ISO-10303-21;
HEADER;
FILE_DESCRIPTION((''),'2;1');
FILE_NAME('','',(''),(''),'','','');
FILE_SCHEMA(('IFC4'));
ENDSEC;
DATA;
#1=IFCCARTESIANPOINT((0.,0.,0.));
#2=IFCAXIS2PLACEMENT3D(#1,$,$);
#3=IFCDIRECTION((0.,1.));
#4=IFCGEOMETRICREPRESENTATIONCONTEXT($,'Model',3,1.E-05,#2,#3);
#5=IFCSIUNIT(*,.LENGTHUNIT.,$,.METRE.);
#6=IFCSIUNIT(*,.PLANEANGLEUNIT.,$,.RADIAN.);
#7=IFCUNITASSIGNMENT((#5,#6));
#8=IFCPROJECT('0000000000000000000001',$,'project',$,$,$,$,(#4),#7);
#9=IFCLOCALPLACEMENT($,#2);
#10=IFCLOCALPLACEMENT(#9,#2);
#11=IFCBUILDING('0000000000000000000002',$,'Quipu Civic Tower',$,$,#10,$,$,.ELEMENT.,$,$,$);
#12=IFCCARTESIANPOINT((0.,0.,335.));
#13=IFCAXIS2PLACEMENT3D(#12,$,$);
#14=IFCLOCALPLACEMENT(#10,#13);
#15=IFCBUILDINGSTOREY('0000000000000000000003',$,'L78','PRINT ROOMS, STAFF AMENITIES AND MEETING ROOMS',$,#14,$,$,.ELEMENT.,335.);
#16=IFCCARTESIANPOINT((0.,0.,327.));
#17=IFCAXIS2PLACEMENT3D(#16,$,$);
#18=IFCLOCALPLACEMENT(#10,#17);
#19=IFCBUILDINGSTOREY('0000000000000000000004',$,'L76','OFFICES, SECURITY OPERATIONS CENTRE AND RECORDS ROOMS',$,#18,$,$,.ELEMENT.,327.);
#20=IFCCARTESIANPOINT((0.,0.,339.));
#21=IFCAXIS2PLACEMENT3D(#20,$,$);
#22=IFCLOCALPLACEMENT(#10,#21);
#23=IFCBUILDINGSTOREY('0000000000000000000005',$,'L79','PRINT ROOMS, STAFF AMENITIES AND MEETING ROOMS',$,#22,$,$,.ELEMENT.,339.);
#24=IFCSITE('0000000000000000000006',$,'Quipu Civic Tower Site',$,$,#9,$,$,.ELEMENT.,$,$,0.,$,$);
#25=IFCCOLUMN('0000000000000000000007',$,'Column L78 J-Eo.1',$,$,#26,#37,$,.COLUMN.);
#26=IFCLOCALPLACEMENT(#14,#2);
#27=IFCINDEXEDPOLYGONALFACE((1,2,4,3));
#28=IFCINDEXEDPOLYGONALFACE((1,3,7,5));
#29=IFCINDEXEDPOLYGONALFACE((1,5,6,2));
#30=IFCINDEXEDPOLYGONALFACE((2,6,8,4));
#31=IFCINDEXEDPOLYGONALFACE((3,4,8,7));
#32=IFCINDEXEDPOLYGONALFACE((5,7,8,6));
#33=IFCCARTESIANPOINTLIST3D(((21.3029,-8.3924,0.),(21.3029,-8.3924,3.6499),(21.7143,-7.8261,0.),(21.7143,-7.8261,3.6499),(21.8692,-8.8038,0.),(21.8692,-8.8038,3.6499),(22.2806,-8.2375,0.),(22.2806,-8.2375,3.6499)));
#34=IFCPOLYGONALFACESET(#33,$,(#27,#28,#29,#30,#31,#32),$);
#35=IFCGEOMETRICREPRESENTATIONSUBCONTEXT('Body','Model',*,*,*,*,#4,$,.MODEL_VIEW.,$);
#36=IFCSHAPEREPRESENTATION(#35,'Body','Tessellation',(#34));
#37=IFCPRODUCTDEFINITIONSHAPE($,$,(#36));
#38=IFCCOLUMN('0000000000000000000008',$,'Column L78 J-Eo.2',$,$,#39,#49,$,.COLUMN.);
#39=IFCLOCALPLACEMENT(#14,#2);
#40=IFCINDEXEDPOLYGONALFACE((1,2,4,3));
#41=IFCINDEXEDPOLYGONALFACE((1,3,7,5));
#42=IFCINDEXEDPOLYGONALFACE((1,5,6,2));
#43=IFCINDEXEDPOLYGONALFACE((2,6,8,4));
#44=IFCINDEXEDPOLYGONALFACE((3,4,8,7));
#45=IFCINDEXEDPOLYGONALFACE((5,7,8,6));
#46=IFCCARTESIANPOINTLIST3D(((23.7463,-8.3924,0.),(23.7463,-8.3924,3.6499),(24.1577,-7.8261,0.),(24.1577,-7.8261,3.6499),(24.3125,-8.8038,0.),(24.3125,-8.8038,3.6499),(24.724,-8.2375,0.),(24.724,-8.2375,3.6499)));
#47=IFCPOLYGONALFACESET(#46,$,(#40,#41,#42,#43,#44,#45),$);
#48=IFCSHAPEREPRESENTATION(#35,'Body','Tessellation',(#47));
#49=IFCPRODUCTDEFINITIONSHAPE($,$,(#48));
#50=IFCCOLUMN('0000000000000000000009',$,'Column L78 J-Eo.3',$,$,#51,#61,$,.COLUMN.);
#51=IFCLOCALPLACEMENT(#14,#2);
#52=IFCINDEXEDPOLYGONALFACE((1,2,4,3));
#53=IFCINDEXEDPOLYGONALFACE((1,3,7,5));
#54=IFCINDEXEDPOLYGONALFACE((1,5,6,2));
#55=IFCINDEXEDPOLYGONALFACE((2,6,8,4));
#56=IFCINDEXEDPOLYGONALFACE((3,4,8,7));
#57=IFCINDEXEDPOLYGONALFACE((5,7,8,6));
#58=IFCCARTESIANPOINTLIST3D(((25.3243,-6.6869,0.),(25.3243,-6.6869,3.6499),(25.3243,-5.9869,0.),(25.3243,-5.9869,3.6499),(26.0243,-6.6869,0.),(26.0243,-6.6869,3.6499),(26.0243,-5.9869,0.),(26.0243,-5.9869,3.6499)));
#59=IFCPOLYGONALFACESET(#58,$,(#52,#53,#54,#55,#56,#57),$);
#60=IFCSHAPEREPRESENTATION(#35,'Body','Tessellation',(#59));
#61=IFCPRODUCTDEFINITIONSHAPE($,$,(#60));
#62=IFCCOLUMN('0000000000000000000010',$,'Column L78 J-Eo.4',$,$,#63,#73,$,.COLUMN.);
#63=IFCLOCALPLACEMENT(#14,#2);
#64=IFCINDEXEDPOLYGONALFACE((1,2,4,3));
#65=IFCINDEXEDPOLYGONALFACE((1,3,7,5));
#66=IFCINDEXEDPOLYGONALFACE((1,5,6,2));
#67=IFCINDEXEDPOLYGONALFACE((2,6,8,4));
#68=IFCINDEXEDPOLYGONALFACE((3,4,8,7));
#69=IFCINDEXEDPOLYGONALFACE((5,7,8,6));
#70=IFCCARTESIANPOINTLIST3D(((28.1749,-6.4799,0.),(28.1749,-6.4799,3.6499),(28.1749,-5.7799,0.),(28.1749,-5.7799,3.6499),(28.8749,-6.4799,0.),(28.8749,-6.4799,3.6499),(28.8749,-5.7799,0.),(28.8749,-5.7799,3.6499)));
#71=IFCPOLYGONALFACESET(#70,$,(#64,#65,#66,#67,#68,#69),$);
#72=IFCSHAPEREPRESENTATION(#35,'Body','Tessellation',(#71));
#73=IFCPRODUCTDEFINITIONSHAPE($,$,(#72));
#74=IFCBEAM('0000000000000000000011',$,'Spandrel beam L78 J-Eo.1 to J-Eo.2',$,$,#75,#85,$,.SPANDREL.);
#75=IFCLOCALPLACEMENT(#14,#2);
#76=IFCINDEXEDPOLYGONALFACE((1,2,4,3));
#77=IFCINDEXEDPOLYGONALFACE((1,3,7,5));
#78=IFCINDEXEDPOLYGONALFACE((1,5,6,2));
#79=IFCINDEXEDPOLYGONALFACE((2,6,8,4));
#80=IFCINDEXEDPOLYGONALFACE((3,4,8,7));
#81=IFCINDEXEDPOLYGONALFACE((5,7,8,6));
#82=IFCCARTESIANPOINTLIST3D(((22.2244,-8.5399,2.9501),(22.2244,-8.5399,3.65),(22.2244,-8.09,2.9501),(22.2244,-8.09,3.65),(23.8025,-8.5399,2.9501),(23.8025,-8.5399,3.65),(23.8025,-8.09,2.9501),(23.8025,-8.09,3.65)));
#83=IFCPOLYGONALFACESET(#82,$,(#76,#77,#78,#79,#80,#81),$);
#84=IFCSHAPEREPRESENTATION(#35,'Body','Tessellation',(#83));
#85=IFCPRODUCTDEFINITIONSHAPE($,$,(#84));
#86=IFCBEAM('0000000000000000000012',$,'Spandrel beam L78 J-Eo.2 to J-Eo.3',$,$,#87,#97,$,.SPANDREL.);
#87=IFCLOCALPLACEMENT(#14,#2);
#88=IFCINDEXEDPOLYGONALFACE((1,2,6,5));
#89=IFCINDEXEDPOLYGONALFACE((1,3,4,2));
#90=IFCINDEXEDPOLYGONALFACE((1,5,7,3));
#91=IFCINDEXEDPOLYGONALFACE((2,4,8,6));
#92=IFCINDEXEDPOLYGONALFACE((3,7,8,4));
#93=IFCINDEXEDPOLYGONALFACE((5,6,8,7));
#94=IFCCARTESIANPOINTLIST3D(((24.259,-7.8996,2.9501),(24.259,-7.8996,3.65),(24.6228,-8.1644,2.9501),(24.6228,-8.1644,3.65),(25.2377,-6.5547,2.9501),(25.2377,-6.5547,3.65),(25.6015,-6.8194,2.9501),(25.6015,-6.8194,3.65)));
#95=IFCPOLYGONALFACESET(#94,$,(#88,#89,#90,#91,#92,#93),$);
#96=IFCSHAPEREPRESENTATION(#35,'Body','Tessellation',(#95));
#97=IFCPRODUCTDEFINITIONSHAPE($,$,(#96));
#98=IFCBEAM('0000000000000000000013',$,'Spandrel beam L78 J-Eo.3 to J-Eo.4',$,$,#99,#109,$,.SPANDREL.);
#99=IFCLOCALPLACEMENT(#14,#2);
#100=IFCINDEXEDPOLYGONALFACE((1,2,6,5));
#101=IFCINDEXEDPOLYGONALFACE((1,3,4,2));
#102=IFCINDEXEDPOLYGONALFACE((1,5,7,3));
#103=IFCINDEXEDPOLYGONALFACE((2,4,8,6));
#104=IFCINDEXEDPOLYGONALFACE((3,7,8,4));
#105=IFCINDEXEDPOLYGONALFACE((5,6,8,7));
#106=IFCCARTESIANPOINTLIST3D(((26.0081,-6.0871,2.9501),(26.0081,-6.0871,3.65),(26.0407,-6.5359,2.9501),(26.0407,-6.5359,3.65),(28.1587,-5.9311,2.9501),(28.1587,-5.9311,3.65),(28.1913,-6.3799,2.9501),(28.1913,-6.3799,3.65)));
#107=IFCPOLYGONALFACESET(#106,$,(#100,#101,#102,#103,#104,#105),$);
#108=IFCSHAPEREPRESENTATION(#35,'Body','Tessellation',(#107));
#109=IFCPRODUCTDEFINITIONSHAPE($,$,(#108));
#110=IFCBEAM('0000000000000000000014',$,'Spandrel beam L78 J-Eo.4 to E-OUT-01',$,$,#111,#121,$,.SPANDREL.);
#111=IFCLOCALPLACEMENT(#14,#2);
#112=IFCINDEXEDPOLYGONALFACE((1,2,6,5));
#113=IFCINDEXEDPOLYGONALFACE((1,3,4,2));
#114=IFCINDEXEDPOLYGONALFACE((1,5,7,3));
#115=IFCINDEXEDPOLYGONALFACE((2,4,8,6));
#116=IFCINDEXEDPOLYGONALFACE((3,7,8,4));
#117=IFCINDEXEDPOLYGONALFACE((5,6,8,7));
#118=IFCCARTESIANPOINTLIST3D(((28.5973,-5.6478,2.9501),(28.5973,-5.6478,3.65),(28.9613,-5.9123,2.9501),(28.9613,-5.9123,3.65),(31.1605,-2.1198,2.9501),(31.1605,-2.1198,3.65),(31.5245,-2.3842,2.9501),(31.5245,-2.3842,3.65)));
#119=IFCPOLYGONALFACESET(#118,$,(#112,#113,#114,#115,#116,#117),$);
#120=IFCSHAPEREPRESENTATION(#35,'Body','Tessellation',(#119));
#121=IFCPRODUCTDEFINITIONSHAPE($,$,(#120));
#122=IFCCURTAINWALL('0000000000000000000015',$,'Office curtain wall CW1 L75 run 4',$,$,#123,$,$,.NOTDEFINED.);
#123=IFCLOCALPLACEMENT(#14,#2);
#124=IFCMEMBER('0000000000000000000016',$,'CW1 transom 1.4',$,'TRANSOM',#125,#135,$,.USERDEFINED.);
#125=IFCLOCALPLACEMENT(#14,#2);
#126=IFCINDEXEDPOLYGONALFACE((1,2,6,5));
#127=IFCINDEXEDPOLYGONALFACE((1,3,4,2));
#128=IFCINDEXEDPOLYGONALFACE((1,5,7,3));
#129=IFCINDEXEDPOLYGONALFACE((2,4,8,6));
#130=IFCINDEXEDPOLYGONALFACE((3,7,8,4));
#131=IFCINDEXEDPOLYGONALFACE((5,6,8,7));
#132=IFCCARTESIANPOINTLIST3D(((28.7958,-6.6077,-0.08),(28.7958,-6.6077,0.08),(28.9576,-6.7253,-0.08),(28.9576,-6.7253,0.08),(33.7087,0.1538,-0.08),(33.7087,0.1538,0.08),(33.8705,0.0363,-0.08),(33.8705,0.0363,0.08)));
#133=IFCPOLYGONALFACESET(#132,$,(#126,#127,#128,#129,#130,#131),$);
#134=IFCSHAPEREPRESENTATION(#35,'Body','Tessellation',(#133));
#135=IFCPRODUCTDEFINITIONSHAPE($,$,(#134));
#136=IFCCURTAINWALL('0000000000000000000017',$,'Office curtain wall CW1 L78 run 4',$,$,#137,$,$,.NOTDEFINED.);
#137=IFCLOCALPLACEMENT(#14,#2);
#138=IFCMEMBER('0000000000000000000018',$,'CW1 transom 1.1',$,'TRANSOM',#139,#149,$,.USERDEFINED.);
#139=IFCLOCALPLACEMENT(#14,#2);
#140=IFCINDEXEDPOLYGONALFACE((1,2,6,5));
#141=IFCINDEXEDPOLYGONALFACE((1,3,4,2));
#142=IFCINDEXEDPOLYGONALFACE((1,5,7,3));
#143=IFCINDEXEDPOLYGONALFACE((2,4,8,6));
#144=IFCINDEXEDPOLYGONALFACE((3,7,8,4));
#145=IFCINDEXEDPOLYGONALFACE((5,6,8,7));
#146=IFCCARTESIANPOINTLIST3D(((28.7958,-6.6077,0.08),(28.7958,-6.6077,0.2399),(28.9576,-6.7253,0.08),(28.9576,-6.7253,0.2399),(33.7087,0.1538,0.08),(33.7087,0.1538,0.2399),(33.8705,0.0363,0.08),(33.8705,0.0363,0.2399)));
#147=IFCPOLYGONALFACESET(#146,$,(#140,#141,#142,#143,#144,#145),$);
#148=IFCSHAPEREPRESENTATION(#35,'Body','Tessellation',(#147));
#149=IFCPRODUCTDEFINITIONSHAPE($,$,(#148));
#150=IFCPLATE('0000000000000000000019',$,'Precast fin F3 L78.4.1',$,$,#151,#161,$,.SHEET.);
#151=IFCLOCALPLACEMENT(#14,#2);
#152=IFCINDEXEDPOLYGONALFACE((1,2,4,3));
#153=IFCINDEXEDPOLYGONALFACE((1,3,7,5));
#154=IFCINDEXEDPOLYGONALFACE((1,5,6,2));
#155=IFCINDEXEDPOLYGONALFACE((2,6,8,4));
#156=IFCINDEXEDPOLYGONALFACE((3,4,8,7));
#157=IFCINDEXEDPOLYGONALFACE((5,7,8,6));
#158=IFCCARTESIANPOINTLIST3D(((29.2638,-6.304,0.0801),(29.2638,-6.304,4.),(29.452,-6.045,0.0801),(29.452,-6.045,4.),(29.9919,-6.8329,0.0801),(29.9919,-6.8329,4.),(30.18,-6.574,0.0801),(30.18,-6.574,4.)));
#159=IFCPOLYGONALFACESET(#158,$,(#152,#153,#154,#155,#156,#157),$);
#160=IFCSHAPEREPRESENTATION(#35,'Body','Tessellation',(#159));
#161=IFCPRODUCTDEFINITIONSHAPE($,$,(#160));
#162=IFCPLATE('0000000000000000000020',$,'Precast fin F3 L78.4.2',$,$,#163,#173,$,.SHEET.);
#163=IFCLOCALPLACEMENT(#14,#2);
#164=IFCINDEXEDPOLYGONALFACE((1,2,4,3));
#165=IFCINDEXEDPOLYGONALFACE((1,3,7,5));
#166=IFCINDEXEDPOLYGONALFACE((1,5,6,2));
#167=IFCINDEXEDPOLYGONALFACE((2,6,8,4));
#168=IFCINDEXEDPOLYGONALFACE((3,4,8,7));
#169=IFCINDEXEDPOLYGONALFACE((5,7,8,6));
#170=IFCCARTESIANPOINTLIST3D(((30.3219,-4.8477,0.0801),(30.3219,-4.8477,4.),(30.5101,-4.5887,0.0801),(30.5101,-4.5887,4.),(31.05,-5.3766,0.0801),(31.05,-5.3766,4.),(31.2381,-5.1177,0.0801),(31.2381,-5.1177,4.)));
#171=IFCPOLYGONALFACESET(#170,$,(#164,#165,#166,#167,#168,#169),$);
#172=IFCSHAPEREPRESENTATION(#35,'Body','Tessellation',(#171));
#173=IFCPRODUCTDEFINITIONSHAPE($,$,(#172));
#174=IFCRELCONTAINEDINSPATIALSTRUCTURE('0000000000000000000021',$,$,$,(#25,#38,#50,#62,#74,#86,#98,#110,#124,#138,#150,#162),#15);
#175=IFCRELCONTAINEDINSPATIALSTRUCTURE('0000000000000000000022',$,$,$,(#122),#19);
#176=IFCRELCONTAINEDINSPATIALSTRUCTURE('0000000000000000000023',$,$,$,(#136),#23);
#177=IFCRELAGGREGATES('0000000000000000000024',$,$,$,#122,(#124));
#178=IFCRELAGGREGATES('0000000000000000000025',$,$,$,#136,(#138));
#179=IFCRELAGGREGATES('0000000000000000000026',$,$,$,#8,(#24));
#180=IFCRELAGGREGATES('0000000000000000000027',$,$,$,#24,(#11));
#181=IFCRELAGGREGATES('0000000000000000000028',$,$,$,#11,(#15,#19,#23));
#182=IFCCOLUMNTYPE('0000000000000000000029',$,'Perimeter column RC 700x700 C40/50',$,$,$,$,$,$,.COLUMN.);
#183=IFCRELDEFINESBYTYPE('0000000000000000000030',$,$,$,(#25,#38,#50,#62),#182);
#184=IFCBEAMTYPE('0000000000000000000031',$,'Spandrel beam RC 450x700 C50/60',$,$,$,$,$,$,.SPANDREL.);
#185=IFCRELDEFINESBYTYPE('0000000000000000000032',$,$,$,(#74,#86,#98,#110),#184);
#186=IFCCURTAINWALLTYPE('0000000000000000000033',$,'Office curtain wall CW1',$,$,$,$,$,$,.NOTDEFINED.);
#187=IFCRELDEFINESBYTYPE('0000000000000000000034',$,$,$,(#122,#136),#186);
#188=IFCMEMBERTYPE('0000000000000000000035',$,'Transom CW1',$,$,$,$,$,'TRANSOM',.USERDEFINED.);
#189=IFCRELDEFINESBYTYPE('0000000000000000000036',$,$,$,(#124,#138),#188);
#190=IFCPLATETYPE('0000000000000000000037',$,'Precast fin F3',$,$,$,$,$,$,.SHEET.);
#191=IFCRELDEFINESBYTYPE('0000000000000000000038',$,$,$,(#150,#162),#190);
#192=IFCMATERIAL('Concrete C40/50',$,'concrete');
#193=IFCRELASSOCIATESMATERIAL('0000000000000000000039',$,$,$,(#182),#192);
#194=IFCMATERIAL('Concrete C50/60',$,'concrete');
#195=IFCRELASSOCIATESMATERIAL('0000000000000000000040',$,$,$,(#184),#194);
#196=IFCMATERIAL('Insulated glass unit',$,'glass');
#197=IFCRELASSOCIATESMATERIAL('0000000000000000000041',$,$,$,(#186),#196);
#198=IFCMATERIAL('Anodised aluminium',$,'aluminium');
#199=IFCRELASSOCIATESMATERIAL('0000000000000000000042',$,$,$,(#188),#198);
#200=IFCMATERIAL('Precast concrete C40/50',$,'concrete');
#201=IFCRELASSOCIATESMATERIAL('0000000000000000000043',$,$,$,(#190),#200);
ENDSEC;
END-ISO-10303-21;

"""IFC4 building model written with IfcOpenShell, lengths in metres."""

from ifc_helpers import new_model, si_unit, direction, frame, origin, origin_2d, place, context, subcontext, project, spatial, rectangle, extrude, material, material_profile, profile_set, type_object, element, aggregate, save


model = new_model("IFC4")

# Units and contexts
model_context = context("Model", 3, precision=1e-05, world=origin(), true_north=direction((0.0, 1.0)))
body_context = subcontext(model_context, "Body", "Model", "MODEL_VIEW")
ifc_project = project(units=[si_unit("LENGTHUNIT", "METRE"), si_unit("PLANEANGLEUNIT", "RADIAN")], contexts=[model_context])

# Site, building, storey
site_placement = place(None, origin())
site = spatial("IfcSite", under=ifc_project, at=site_placement, Name="Quipu Civic Tower Site", CompositionType="ELEMENT", RefElevation=0.0)
building_placement = place(site_placement, origin())
building = spatial("IfcBuilding", under=site, at=building_placement, Name="Quipu Civic Tower", CompositionType="ELEMENT")
storey_1_placement = place(building_placement, frame((0.0, 0.0, 335.0)))
storey_1 = spatial("IfcBuildingStorey", under=building, at=storey_1_placement, Name="L78", Description="PRINT ROOMS, STAFF AMENITIES AND MEETING ROOMS", CompositionType="ELEMENT", Elevation=335.0)

# Columns
ifc_material_1 = material(Name="Concrete C40/50", Category="concrete")
ifc_material_profile_1 = material_profile(ifc_material_1, rectangle(XDim=0.7, YDim=0.7, at=origin_2d()), Name="RC700x700")
ifc_profile_set_1 = profile_set([ifc_material_profile_1], Name="Concrete C40/50")
column_type = type_object("IfcColumnType", Name="Perimeter column RC 700x700 C40/50", PredefinedType="COLUMN", material=ifc_profile_set_1)
for number, where, z_axis, x_axis, name in (
    (1, (21.7917, -8.3149, 0.0), (0.0, 0.0, 1.0), (0.587785, 0.809017, 0.0), "Column L78 J-Eo.1"),
    (2, (24.2351, -8.3149, 0.0), (0.0, 0.0, 1.0), (0.587785, 0.809017, 0.0), "Column L78 J-Eo.2"),
    (3, (25.6743, -6.3369, 0.0), (0.0, 0.0, 1.0), (1.0, 0.0, 0.0), "Column L78 J-Eo.3"),
    (4, (28.5249, -6.1299, 0.0), (0.0, 0.0, 1.0), (1.0, 0.0, 0.0), "Column L78 J-Eo.4"),
):
    element("IfcColumn", number, at=place(storey_1_placement, frame(where, z_axis=z_axis, x_axis=x_axis)), inside=storey_1, type_object=column_type, Name=name, PredefinedType="COLUMN", context=body_context, shape_type="SweptSolid", body=[
        extrude(rectangle(XDim=0.7, YDim=0.7, at=origin_2d()), origin(), (0.0, 0.0, 1.0), 3.6499),
    ])

# Beams
ifc_material_2 = material(Name="Concrete C50/60", Category="concrete")
ifc_material_profile_2 = material_profile(ifc_material_2, rectangle(XDim=0.45, YDim=0.7, at=origin_2d()), Name="RC450x700")
ifc_profile_set_2 = profile_set([ifc_material_profile_2], Name="Concrete C50/60")
beam_type = type_object("IfcBeamType", Name="Spandrel beam RC 450x700 C50/60", PredefinedType="SPANDREL", material=ifc_profile_set_2)
beam_1_placement = place(storey_1_placement, frame((22.2244, -8.3149, 3.3), z_axis=(1.0, 0.0, 0.0), x_axis=(0.0, 1.0, 0.0)))
element("IfcBeam", 5, at=beam_1_placement, inside=storey_1, type_object=beam_type, Name="Spandrel beam L78 J-Eo.1 to J-Eo.2", PredefinedType="SPANDREL", context=body_context, shape_type="SweptSolid", body=[
    extrude(rectangle(XDim=0.45, YDim=0.7, at=origin_2d()), origin(), (0.0, 0.0, 1.0), 1.5781),
])
beam_2_placement = place(storey_1_placement, frame((24.4409, -8.032, 3.3), z_axis=(0.588407, 0.808565, 0.0), x_axis=(-0.808565, 0.588407, 0.0)))
element("IfcBeam", 6, at=beam_2_placement, inside=storey_1, type_object=beam_type, Name="Spandrel beam L78 J-Eo.2 to J-Eo.3", PredefinedType="SPANDREL", context=body_context, shape_type="SweptSolid", body=[
    extrude(rectangle(XDim=0.45, YDim=0.7, at=origin_2d()), origin(), (0.0, 0.0, 1.0), 1.6633),
])
beam_3_placement = place(storey_1_placement, frame((26.0244, -6.3115, 3.3), z_axis=(0.997379, 0.072349, 0.0), x_axis=(-0.072349, 0.997379, 0.0)))
element("IfcBeam", 7, at=beam_3_placement, inside=storey_1, type_object=beam_type, Name="Spandrel beam L78 J-Eo.3 to J-Eo.4", PredefinedType="SPANDREL", context=body_context, shape_type="SweptSolid", body=[
    extrude(rectangle(XDim=0.45, YDim=0.7, at=origin_2d()), origin(), (0.0, 0.0, 1.0), 2.1562),
])
beam_4_placement = place(storey_1_placement, frame((28.7793, -5.78, 3.3), z_axis=(0.587776, 0.809024, 0.0), x_axis=(-0.809024, 0.587776, 0.0)))
element("IfcBeam", 8, at=beam_4_placement, inside=storey_1, type_object=beam_type, Name="Spandrel beam L78 J-Eo.4 to E-OUT-01", PredefinedType="SPANDREL", context=body_context, shape_type="SweptSolid", body=[
    extrude(rectangle(XDim=0.45, YDim=0.7, at=origin_2d()), origin(), (0.0, 0.0, 1.0), 4.3608),
])

# Shared definitions
storey_2_placement = place(building_placement, frame((0.0, 0.0, 327.0)))
storey_2 = spatial("IfcBuildingStorey", under=building, at=storey_2_placement, Name="L76", Description="OFFICES, SECURITY OPERATIONS CENTRE AND RECORDS ROOMS", CompositionType="ELEMENT", Elevation=327.0)

# Curtain wall, member
ifc_material_3 = material(Name="Insulated glass unit", Category="glass")
curtain_wall_type = type_object("IfcCurtainWallType", Name="Office curtain wall CW1", PredefinedType="NOTDEFINED", material=ifc_material_3)
curtain_wall_1_placement = place(storey_2_placement, origin())
curtain_wall_1 = element("IfcCurtainWall", 9, at=curtain_wall_1_placement, inside=storey_2, type_object=curtain_wall_type, Name="Office curtain wall CW1 L75 run 4", PredefinedType="NOTDEFINED")
ifc_material_4 = material(Name="Anodised aluminium", Category="aluminium")
ifc_material_profile_3 = material_profile(ifc_material_4, rectangle(XDim=0.2, YDim=0.1599, at=origin_2d()), Name="RECT 200x160")
ifc_profile_set_3 = profile_set([ifc_material_profile_3], Name="Anodised aluminium")
member_type = type_object("IfcMemberType", Name="Transom CW1", ElementType="TRANSOM", PredefinedType="USERDEFINED", material=ifc_profile_set_3)
member_1_placement = place(storey_1_placement, frame((28.8767, -6.6665, 0.0), z_axis=(0.587812, 0.808997, 0.0), x_axis=(-0.808997, 0.587812, 0.0)))
member_1 = element("IfcMember", 10, at=member_1_placement, inside=storey_1, type_object=member_type, Name="CW1 transom 1.4", ObjectType="TRANSOM", PredefinedType="USERDEFINED", context=body_context, shape_type="SweptSolid", body=[
    extrude(rectangle(XDim=0.2, YDim=0.1599, at=origin_2d()), origin(), (0.0, 0.0, 1.0), 8.3579),
])
aggregate(curtain_wall_1, [member_1])

# Shared definitions
storey_3_placement = place(building_placement, frame((0.0, 0.0, 339.0)))
storey_3 = spatial("IfcBuildingStorey", under=building, at=storey_3_placement, Name="L79", Description="PRINT ROOMS, STAFF AMENITIES AND MEETING ROOMS", CompositionType="ELEMENT", Elevation=339.0)

# Curtain wall, member
curtain_wall_2_placement = place(storey_3_placement, origin())
curtain_wall_2 = element("IfcCurtainWall", 11, at=curtain_wall_2_placement, inside=storey_3, type_object=curtain_wall_type, Name="Office curtain wall CW1 L78 run 4", PredefinedType="NOTDEFINED")
member_2_placement = place(storey_1_placement, frame((28.8767, -6.6665, 0.1599), z_axis=(0.587812, 0.808997, 0.0), x_axis=(-0.808997, 0.587812, 0.0)))
member_2 = element("IfcMember", 12, at=member_2_placement, inside=storey_1, type_object=member_type, Name="CW1 transom 1.1", ObjectType="TRANSOM", PredefinedType="USERDEFINED", context=body_context, shape_type="SweptSolid", body=[
    extrude(rectangle(XDim=0.2, YDim=0.1599, at=origin_2d()), origin(), (0.0, 0.0, 1.0), 8.3579),
])
aggregate(curtain_wall_2, [member_2])

# Plates
ifc_material_5 = material(Name="Precast concrete C40/50", Category="concrete")
plate_type = type_object("IfcPlateType", Name="Precast fin F3", PredefinedType="SHEET", material=ifc_material_5)
for number, where, z_axis, x_axis, name in (
    (13, (29.7219, -6.439, 0.0801), (0.0, 0.0, 1.0), (0.587787, 0.809016, 0.0), "Precast fin F3 L78.4.1"),
    (14, (30.78, -4.9827, 0.0801), (0.0, 0.0, 1.0), (0.587787, 0.809016, 0.0), "Precast fin F3 L78.4.2"),
):
    element("IfcPlate", number, at=place(storey_1_placement, frame(where, z_axis=z_axis, x_axis=x_axis)), inside=storey_1, type_object=plate_type, Name=name, PredefinedType="SHEET", context=body_context, shape_type="SweptSolid", body=[
        extrude(rectangle(XDim=0.3201, YDim=0.8999, at=origin_2d()), origin(), (0.0, 0.0, 1.0), 3.9199),
    ])

save(model, "model.ifc")
